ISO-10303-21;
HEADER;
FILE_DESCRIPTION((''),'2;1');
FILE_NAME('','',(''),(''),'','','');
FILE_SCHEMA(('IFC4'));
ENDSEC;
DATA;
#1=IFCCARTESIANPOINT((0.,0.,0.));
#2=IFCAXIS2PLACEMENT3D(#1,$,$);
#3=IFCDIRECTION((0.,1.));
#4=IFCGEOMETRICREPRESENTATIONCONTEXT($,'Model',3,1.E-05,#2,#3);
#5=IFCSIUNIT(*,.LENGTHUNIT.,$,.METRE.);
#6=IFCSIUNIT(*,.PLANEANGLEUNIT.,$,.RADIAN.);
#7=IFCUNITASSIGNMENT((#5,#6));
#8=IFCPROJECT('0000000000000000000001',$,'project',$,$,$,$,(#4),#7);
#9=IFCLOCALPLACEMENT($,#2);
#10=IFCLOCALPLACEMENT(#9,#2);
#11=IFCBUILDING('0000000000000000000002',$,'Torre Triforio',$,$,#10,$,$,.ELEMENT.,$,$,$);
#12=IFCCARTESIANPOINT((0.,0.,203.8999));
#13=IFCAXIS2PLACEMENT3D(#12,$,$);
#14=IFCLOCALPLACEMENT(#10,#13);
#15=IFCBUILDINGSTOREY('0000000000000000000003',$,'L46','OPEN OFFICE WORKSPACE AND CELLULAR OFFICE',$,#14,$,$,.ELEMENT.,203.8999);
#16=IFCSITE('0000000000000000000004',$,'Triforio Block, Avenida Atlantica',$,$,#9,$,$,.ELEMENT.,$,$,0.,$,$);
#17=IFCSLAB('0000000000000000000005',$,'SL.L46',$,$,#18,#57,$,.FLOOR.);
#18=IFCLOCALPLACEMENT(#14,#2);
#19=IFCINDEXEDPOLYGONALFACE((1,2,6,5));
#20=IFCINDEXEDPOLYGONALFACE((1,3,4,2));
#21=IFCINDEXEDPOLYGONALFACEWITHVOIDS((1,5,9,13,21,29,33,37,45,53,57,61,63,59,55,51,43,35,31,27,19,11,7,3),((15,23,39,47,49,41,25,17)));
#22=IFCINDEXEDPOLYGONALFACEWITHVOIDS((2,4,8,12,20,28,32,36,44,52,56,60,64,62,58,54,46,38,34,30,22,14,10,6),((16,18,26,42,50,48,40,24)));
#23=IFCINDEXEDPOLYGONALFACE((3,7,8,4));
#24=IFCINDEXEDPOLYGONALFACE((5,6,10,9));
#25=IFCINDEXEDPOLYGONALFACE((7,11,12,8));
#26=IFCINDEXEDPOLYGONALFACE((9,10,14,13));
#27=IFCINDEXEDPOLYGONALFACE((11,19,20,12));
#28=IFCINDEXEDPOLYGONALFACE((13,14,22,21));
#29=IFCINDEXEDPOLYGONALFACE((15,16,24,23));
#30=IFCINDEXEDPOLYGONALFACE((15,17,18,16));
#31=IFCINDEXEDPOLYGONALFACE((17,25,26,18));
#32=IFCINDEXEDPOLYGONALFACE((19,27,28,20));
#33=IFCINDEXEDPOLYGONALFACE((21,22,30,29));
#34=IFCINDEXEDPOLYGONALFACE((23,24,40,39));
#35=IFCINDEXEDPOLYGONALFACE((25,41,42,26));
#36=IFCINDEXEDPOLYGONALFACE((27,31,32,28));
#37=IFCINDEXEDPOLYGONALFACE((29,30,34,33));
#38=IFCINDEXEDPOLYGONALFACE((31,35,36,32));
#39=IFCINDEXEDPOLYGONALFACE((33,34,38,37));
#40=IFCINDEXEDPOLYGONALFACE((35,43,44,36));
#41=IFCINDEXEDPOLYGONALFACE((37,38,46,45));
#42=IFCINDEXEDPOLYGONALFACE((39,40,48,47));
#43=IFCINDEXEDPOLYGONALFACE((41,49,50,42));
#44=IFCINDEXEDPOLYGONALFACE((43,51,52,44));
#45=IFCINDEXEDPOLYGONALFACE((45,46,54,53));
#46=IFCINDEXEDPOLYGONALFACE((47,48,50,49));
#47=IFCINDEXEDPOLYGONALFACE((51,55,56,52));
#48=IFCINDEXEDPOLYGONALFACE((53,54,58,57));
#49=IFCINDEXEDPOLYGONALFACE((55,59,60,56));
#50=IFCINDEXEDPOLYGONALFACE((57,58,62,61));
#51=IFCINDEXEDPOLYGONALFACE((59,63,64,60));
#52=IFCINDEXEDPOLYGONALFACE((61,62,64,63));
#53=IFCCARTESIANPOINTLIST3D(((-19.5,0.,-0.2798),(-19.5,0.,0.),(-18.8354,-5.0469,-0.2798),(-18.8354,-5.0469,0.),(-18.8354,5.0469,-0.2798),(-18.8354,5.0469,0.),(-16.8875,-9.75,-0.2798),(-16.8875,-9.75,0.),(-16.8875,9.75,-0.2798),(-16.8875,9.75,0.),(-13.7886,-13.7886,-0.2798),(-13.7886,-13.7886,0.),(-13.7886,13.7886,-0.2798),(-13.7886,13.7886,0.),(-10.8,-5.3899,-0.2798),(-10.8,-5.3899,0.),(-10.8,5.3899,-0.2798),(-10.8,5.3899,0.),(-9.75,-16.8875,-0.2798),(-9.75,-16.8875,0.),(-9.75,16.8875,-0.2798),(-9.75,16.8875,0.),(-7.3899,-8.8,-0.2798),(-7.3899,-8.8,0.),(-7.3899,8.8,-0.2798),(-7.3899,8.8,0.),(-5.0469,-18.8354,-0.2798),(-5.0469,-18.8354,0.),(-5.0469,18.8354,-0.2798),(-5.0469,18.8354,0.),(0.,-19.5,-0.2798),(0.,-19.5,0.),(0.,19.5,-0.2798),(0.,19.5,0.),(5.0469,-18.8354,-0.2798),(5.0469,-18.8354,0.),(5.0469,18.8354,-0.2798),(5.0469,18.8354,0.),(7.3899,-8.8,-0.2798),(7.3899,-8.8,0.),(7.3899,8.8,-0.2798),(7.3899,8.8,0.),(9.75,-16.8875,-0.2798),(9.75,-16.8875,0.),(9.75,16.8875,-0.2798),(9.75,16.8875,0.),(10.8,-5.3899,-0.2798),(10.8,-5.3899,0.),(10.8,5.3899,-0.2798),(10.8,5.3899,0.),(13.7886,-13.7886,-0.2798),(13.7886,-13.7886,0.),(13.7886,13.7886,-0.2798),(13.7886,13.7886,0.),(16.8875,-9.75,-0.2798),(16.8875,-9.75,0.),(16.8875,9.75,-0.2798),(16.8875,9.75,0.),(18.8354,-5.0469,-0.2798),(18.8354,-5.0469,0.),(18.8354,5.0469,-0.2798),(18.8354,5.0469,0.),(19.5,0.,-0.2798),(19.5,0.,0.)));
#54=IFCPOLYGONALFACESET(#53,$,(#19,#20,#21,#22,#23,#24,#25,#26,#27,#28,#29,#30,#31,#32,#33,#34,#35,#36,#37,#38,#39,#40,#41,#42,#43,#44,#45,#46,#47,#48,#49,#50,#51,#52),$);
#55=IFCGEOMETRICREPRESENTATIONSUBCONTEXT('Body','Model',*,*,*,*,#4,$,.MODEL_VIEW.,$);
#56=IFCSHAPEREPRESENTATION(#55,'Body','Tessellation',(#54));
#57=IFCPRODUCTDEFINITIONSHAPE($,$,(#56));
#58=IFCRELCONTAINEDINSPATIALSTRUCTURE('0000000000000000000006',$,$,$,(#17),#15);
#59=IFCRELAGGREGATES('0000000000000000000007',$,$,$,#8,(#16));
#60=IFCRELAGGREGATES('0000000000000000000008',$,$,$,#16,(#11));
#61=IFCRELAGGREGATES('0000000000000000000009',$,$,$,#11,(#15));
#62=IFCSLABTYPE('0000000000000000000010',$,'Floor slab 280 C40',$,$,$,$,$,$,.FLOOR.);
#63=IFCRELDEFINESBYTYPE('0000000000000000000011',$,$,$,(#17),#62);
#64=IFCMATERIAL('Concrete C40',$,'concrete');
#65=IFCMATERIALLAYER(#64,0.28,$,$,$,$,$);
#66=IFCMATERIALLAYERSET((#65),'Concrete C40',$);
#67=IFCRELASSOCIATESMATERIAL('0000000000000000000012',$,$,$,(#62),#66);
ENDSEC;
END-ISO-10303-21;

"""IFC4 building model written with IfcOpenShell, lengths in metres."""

from ifc_helpers import new_model, si_unit, direction, frame, origin, place, context, subcontext, project, spatial, polyline, outline, extrude, material, layer, layer_set, type_object, element, save


model = new_model("IFC4")

# Units and contexts
model_context = context("Model", 3, precision=1e-05, world=origin(), true_north=direction((0.0, 1.0)))
body_context = subcontext(model_context, "Body", "Model", "MODEL_VIEW")
ifc_project = project(units=[si_unit("LENGTHUNIT", "METRE"), si_unit("PLANEANGLEUNIT", "RADIAN")], contexts=[model_context])

# Site, building, storey
site_placement = place(None, origin())
site = spatial("IfcSite", under=ifc_project, at=site_placement, Name="Triforio Block, Avenida Atlantica", CompositionType="ELEMENT", RefElevation=0.0)
building_placement = place(site_placement, origin())
building = spatial("IfcBuilding", under=site, at=building_placement, Name="Torre Triforio", CompositionType="ELEMENT")
storey_placement = place(building_placement, frame((0.0, 0.0, 203.8999)))
storey = spatial("IfcBuildingStorey", under=building, at=storey_placement, Name="L46", Description="OPEN OFFICE WORKSPACE AND CELLULAR OFFICE", CompositionType="ELEMENT", Elevation=203.8999)

# Slab
ifc_material_1 = material(Name="Concrete C40", Category="concrete")
ifc_layer_1 = layer(ifc_material_1, 0.28)
ifc_layer_set_1 = layer_set([ifc_layer_1], Name="Concrete C40")
slab_type_1 = type_object("IfcSlabType", Name="Floor slab 280 C40", PredefinedType="FLOOR", material=ifc_layer_set_1)
slab_1_placement = place(storey_placement, frame((0.0, 0.0, -0.2798)))
element("IfcSlab", 1, at=slab_1_placement, inside=storey, type_object=slab_type_1, Name="SL.L46", PredefinedType="FLOOR", context=body_context, shape_type="SweptSolid", body=[
    extrude(outline(polyline([(16.8875, -9.75), (18.8354, -5.0469), (19.5, 0.0), (18.8354, 5.0469), (16.8875, 9.75), (13.7886, 13.7886), (9.75, 16.8875), (5.0469, 18.8354), (0.0, 19.5), (-5.0469, 18.8354), (-9.75, 16.8875), (-13.7886, 13.7886), (-16.8875, 9.75), (-18.8354, 5.0469), (-19.5, 0.0), (-18.8354, -5.0469), (-16.8875, -9.75), (-13.7886, -13.7886), (-9.75, -16.8875), (-5.0469, -18.8354), (0.0, -19.5), (5.0469, -18.8354), (9.75, -16.8875), (13.7886, -13.7886), (16.8875, -9.75)]), holes=[polyline([(10.8, 5.3899), (10.8, -5.3899), (7.3899, -8.8), (-7.3899, -8.8), (-10.8, -5.3899), (-10.8, 5.3899), (-7.3899, 8.8), (7.3899, 8.8), (10.8, 5.3899)])]), origin(), (0.0, 0.0, 1.0), 0.2798),
])

save(model, "model.ifc")
